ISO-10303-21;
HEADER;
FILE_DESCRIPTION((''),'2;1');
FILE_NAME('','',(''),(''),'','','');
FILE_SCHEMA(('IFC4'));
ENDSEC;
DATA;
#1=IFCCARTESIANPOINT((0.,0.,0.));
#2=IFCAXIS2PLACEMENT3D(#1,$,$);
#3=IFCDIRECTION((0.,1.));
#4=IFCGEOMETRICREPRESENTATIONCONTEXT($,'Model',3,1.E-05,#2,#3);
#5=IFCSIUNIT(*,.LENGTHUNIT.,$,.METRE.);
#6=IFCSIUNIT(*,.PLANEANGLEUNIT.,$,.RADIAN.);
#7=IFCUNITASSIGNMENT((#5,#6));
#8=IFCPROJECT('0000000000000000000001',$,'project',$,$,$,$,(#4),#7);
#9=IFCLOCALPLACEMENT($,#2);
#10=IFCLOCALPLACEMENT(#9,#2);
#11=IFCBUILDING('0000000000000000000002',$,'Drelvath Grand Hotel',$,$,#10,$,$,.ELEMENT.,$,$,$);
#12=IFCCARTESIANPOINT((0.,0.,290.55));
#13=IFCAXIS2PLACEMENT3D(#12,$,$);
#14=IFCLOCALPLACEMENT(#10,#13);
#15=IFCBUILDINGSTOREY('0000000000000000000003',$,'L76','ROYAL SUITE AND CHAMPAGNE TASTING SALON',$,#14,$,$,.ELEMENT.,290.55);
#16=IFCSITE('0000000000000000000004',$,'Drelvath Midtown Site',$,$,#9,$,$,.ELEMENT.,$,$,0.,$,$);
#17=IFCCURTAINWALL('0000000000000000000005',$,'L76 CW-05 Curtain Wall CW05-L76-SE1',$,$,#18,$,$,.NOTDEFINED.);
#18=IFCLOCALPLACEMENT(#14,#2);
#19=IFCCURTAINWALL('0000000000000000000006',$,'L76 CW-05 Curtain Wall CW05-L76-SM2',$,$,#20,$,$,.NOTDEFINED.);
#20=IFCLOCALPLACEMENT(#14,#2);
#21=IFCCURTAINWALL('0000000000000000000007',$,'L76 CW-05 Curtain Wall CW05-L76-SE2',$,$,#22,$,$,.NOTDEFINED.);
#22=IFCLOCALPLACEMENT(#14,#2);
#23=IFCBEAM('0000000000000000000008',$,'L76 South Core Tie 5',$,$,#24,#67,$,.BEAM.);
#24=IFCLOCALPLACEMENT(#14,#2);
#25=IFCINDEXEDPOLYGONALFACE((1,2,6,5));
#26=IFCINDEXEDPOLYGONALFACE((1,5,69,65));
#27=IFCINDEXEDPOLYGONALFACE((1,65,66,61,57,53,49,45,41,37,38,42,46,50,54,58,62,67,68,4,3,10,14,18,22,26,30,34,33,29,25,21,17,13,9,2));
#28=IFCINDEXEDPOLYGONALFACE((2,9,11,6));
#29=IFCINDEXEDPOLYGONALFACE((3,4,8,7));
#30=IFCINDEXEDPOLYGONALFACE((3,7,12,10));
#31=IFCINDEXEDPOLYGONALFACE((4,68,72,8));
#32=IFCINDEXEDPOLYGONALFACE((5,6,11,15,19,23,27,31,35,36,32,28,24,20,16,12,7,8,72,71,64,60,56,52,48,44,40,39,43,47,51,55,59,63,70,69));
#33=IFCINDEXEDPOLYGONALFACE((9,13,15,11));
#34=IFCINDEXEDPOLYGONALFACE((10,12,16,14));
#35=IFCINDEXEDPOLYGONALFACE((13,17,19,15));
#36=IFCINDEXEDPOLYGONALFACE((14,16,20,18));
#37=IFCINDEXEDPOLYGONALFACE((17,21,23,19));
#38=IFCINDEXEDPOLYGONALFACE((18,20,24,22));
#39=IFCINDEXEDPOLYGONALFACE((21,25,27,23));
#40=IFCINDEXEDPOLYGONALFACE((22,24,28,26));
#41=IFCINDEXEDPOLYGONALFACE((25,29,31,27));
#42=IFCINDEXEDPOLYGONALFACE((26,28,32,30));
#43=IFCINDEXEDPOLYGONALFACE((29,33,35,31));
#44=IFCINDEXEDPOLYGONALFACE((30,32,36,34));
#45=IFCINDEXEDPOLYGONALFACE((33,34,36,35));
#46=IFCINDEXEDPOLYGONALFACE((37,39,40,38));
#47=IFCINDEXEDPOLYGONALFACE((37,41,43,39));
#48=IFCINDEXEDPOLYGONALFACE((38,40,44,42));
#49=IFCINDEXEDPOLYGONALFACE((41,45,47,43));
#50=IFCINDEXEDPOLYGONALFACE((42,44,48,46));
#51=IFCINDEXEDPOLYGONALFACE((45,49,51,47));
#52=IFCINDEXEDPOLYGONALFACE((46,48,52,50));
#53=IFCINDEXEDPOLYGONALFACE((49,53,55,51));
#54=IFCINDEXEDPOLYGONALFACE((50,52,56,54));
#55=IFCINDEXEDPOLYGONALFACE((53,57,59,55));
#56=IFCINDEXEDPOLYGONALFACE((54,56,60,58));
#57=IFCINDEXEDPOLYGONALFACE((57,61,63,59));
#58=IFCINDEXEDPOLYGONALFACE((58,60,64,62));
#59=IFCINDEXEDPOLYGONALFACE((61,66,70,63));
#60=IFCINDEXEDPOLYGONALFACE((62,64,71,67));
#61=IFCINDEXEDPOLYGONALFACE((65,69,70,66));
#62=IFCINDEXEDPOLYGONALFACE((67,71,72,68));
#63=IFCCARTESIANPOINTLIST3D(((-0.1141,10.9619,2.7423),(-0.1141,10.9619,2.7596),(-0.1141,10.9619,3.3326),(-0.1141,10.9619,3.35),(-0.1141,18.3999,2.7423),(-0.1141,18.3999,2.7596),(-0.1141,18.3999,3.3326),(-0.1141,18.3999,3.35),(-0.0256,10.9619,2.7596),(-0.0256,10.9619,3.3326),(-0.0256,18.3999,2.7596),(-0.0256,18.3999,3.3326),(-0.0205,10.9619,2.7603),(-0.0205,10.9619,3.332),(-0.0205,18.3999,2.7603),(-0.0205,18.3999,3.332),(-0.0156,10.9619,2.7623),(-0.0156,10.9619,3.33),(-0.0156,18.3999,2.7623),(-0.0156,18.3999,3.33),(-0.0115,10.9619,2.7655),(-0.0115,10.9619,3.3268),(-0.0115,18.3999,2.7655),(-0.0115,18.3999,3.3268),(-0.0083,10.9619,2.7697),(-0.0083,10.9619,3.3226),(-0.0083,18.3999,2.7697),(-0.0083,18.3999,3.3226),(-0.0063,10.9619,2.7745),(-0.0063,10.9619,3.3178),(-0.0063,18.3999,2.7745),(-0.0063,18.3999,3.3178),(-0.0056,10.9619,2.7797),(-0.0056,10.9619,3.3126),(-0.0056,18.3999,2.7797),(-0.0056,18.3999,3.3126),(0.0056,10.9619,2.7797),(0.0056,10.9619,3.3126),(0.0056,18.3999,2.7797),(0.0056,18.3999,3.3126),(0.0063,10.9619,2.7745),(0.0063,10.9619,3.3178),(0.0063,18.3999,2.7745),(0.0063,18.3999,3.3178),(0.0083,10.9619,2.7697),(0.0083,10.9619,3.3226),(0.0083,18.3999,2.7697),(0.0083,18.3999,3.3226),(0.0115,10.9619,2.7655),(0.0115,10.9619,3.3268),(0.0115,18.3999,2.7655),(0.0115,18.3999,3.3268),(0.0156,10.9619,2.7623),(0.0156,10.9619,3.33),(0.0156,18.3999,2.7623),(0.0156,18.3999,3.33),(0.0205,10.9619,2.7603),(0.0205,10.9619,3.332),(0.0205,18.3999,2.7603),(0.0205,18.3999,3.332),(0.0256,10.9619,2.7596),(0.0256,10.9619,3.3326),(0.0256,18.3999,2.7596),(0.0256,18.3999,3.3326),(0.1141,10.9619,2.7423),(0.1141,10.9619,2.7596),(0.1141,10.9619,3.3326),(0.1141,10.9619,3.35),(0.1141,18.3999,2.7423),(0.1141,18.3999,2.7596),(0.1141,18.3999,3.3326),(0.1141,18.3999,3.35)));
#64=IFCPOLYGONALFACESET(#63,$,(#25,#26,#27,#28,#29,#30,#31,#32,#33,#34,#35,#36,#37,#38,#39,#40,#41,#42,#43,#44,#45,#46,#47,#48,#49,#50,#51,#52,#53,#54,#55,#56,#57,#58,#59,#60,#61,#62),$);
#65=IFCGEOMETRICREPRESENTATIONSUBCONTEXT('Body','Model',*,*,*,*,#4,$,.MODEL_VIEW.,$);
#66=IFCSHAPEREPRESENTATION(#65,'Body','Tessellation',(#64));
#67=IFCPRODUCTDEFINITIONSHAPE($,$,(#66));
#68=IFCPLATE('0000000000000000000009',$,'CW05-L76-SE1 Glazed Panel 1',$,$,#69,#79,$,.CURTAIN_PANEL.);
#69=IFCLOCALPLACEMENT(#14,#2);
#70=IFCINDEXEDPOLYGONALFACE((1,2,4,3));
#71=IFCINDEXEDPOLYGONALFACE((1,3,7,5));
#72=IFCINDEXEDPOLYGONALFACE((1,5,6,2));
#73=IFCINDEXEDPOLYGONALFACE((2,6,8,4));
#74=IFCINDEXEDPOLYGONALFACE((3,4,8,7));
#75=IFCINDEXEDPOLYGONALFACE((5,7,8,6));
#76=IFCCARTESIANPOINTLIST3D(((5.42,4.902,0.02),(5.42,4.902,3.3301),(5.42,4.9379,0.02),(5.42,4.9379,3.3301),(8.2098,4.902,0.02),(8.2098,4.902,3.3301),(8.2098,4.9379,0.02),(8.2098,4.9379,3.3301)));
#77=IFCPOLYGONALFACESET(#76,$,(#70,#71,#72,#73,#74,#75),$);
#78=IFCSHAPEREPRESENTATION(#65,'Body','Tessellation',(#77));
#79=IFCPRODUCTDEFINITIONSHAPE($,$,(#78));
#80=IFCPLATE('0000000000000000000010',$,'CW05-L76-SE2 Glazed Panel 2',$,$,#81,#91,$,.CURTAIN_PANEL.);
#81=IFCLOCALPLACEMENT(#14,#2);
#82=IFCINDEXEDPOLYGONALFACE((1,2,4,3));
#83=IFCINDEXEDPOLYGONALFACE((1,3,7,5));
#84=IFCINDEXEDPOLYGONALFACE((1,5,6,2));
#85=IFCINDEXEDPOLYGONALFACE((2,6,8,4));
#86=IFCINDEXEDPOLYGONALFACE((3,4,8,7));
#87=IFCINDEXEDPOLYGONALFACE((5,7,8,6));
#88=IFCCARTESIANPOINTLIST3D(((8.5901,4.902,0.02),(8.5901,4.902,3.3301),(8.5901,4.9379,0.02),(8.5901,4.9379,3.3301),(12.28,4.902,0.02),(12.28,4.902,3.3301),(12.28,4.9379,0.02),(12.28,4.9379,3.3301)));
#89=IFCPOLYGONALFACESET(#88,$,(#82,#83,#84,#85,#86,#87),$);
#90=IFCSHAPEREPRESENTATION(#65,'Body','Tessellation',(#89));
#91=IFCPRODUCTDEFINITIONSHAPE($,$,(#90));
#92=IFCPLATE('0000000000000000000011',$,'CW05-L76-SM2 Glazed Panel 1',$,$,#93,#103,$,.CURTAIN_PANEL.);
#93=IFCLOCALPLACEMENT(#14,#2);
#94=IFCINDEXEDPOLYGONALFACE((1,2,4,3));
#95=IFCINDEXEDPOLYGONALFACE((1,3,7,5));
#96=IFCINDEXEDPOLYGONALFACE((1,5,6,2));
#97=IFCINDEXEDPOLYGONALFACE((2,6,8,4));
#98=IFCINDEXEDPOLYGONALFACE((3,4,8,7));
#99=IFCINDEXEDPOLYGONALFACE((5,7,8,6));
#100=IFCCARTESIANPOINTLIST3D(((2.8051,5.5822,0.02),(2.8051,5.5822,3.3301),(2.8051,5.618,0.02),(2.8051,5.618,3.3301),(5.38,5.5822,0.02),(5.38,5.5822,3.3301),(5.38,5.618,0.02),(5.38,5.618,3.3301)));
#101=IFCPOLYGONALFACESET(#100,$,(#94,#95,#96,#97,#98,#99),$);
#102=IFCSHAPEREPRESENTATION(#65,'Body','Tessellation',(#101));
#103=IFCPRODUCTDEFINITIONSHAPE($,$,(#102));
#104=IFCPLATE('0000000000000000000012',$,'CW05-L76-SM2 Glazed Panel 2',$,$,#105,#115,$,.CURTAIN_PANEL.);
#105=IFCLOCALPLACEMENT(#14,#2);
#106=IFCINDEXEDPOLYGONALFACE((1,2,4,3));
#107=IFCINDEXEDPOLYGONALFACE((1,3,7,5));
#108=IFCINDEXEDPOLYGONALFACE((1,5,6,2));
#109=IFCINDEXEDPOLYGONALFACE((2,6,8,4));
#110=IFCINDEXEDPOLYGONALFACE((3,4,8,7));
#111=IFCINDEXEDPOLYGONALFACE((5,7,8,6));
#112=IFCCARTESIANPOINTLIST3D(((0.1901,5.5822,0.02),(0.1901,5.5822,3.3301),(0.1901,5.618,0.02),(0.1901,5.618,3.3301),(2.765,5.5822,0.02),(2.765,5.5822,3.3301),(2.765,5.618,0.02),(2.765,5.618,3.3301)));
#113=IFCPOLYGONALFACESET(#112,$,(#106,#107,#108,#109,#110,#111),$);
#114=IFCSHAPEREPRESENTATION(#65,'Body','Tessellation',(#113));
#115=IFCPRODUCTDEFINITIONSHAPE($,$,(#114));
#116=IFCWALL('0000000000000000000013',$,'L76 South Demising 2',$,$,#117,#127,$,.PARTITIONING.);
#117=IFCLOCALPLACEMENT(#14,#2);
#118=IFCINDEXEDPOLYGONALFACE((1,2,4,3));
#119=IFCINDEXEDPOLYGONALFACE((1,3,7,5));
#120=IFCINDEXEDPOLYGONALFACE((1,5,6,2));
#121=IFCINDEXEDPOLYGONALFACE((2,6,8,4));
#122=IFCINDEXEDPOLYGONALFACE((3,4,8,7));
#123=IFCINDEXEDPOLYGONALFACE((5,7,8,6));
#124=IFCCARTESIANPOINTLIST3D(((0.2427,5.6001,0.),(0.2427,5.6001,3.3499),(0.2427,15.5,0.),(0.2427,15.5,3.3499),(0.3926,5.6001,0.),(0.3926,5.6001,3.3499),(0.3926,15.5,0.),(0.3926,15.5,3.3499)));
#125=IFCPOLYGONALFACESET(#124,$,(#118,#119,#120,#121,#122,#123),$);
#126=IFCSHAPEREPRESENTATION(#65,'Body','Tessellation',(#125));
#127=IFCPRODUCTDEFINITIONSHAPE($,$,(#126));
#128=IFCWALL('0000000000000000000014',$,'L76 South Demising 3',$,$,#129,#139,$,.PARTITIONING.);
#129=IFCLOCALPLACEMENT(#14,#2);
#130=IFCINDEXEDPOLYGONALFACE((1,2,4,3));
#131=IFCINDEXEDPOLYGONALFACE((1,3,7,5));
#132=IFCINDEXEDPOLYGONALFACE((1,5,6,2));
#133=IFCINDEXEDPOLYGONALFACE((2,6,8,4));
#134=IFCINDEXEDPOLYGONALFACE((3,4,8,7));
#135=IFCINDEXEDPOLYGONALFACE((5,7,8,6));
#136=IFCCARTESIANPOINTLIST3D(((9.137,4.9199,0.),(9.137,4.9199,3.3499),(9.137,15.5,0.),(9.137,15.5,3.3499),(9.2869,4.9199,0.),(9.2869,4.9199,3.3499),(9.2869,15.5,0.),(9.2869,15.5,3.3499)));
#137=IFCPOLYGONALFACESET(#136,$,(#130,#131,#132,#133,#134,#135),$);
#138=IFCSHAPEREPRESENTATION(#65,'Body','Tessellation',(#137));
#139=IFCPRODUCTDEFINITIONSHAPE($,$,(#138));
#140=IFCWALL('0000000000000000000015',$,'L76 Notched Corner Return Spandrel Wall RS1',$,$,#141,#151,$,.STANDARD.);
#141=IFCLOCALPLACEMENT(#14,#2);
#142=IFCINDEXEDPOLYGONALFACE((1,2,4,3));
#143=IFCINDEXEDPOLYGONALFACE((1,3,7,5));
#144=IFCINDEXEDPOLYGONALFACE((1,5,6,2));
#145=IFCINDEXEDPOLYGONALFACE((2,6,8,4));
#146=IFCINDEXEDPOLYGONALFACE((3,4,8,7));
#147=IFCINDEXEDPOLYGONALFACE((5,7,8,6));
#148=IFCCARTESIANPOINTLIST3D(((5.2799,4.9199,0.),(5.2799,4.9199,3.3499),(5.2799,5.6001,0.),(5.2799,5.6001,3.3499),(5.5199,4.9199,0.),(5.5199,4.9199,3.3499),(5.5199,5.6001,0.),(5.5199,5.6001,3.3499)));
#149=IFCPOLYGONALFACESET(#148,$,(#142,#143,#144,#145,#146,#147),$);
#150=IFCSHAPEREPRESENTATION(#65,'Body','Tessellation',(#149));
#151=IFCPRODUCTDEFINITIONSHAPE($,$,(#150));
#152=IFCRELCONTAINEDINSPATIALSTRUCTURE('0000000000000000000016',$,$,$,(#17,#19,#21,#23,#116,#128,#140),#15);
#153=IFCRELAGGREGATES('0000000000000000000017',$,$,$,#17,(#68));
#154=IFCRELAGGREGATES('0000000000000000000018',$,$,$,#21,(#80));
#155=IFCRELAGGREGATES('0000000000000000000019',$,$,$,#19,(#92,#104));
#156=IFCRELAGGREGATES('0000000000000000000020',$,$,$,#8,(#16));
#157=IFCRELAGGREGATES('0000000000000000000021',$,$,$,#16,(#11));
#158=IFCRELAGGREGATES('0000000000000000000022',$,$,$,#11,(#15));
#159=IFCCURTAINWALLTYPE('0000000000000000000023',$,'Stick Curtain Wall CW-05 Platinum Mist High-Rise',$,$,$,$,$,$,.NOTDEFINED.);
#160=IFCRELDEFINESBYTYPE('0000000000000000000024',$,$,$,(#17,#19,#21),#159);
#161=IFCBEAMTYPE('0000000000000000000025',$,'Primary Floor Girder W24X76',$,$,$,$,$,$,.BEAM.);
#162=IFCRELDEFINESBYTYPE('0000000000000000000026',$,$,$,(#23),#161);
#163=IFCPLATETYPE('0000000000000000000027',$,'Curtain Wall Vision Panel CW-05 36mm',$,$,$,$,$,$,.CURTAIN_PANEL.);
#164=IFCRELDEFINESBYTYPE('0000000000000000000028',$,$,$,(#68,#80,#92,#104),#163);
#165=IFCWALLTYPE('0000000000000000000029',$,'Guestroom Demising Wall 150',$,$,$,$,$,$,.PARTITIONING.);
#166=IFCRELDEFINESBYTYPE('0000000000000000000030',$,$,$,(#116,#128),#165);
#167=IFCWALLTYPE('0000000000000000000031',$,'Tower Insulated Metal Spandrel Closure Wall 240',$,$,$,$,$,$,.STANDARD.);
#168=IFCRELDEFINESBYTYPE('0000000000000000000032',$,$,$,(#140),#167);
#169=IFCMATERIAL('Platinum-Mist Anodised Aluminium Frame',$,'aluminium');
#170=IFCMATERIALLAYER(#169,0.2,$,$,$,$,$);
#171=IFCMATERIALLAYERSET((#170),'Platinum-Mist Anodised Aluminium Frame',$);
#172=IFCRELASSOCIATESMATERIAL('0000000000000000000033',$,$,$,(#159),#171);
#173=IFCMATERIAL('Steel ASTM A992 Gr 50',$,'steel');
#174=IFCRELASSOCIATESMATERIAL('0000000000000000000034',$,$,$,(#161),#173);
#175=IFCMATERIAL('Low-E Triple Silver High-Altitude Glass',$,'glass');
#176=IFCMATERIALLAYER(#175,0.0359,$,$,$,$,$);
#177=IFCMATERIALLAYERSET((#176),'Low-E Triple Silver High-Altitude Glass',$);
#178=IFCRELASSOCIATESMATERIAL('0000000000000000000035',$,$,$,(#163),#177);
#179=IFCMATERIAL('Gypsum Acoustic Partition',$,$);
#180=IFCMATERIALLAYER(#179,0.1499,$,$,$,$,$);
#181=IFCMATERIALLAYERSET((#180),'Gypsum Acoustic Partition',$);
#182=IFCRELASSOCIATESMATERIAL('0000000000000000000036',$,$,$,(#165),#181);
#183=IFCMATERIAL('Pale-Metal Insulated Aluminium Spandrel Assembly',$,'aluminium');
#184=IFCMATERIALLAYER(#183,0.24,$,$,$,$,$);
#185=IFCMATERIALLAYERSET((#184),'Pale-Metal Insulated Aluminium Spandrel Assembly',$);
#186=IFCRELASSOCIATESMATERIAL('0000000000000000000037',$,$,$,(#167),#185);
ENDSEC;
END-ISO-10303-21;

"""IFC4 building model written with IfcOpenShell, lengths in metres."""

from ifc_helpers import new_model, si_unit, direction, frame, frame_2d, origin, origin_2d, place, context, subcontext, project, spatial, rectangle, i_section, extrude, material, layer, layer_set, material_profile, profile_set, type_object, element, aggregate, save


model = new_model("IFC4")

# Units and contexts
model_context = context("Model", 3, precision=1e-05, world=origin(), true_north=direction((0.0, 1.0)))
body_context = subcontext(model_context, "Body", "Model", "MODEL_VIEW")
ifc_project = project(units=[si_unit("LENGTHUNIT", "METRE"), si_unit("PLANEANGLEUNIT", "RADIAN")], contexts=[model_context])

# Site, building, storey
site_placement = place(None, origin())
site = spatial("IfcSite", under=ifc_project, at=site_placement, Name="Drelvath Midtown Site", CompositionType="ELEMENT", RefElevation=0.0)
building_placement = place(site_placement, origin())
building = spatial("IfcBuilding", under=site, at=building_placement, Name="Drelvath Grand Hotel", CompositionType="ELEMENT")
storey_placement = place(building_placement, frame((0.0, 0.0, 290.55)))
storey = spatial("IfcBuildingStorey", under=building, at=storey_placement, Name="L76", Description="ROYAL SUITE AND CHAMPAGNE TASTING SALON", CompositionType="ELEMENT", Elevation=290.55)

# Curtain walls
ifc_material_1 = material(Name="Platinum-Mist Anodised Aluminium Frame", Category="aluminium")
ifc_layer_1 = layer(ifc_material_1, 0.2)
ifc_layer_set_1 = layer_set([ifc_layer_1], Name="Platinum-Mist Anodised Aluminium Frame")
curtain_wall_type = type_object("IfcCurtainWallType", Name="Stick Curtain Wall CW-05 Platinum Mist High-Rise", PredefinedType="NOTDEFINED", material=ifc_layer_set_1)
curtain_wall_1_placement = place(storey_placement, origin())
curtain_wall_1 = element("IfcCurtainWall", 1, at=curtain_wall_1_placement, inside=storey, type_object=curtain_wall_type, Name="L76 CW-05 Curtain Wall CW05-L76-SE1", PredefinedType="NOTDEFINED")
curtain_wall_2_placement = place(storey_placement, origin())
curtain_wall_2 = element("IfcCurtainWall", 2, at=curtain_wall_2_placement, inside=storey, type_object=curtain_wall_type, Name="L76 CW-05 Curtain Wall CW05-L76-SM2", PredefinedType="NOTDEFINED")

# Curtain wall
curtain_wall_3_placement = place(storey_placement, origin())
curtain_wall_3 = element("IfcCurtainWall", 3, at=curtain_wall_3_placement, inside=storey, type_object=curtain_wall_type, Name="L76 CW-05 Curtain Wall CW05-L76-SE2", PredefinedType="NOTDEFINED")

# Beam
ifc_material_2 = material(Name="Steel ASTM A992 Gr 50", Category="steel")
ifc_material_profile_1 = material_profile(ifc_material_2, i_section(OverallWidth=0.2283, OverallDepth=0.6077, WebThickness=0.0112, FlangeThickness=0.0173, FilletRadius=0.02, at=origin_2d()), Name="W24X76")
ifc_profile_set_1 = profile_set([ifc_material_profile_1], Name="Steel ASTM A992 Gr 50")
beam_type_1 = type_object("IfcBeamType", Name="Primary Floor Girder W24X76", PredefinedType="BEAM", material=ifc_profile_set_1)
beam_1_placement = place(storey_placement, frame((0.0, 10.9619, 3.0461), z_axis=(0.0, 1.0, 0.0), x_axis=(-1.0, 0.0, 0.0)))
element("IfcBeam", 4, at=beam_1_placement, inside=storey, type_object=beam_type_1, Name="L76 South Core Tie 5", PredefinedType="BEAM", context=body_context, shape_type="SweptSolid", body=[
    extrude(i_section(OverallWidth=0.2283, OverallDepth=0.6077, WebThickness=0.0112, FlangeThickness=0.0173, FilletRadius=0.02, at=origin_2d()), origin(), (0.0, 0.0, 1.0), 7.438),
])

# Plates
ifc_material_3 = material(Name="Low-E Triple Silver High-Altitude Glass", Category="glass")
ifc_layer_2 = layer(ifc_material_3, 0.0359)
ifc_layer_set_2 = layer_set([ifc_layer_2], Name="Low-E Triple Silver High-Altitude Glass")
plate_type = type_object("IfcPlateType", Name="Curtain Wall Vision Panel CW-05 36mm", PredefinedType="CURTAIN_PANEL", material=ifc_layer_set_2)
plate_1_placement = place(storey_placement, frame((6.8149, 4.9199, 0.02), z_axis=(0.0, 0.0, 1.0), x_axis=(-1.0, 0.0, 0.0)))
plate_1 = element("IfcPlate", 5, at=plate_1_placement, type_object=plate_type, Name="CW05-L76-SE1 Glazed Panel 1", PredefinedType="CURTAIN_PANEL", context=body_context, shape_type="SweptSolid", body=[
    extrude(rectangle(XDim=2.7898, YDim=0.0359, at=origin_2d()), origin(), (0.0, 0.0, 1.0), 3.3101),
])
aggregate(curtain_wall_1, [plate_1])
plate_2_placement = place(storey_placement, frame((10.4351, 4.9199, 0.02), z_axis=(0.0, 0.0, 1.0), x_axis=(-1.0, 0.0, 0.0)))
plate_2 = element("IfcPlate", 6, at=plate_2_placement, type_object=plate_type, Name="CW05-L76-SE2 Glazed Panel 2", PredefinedType="CURTAIN_PANEL", context=body_context, shape_type="SweptSolid", body=[
    extrude(rectangle(XDim=3.6899, YDim=0.0359, at=origin_2d()), origin(), (0.0, 0.0, 1.0), 3.3101),
])
aggregate(curtain_wall_3, [plate_2])
plate_3_placement = place(storey_placement, frame((4.0925, 5.6001, 0.02), z_axis=(0.0, 0.0, 1.0), x_axis=(-1.0, 0.0, 0.0)))
plate_3 = element("IfcPlate", 7, at=plate_3_placement, type_object=plate_type, Name="CW05-L76-SM2 Glazed Panel 1", PredefinedType="CURTAIN_PANEL", context=body_context, shape_type="SweptSolid", body=[
    extrude(rectangle(XDim=2.575, YDim=0.0359, at=origin_2d()), origin(), (0.0, 0.0, 1.0), 3.3101),
])
plate_4_placement = place(storey_placement, frame((1.4775, 5.6001, 0.02), z_axis=(0.0, 0.0, 1.0), x_axis=(-1.0, 0.0, 0.0)))
plate_4 = element("IfcPlate", 8, at=plate_4_placement, type_object=plate_type, Name="CW05-L76-SM2 Glazed Panel 2", PredefinedType="CURTAIN_PANEL", context=body_context, shape_type="SweptSolid", body=[
    extrude(rectangle(XDim=2.575, YDim=0.0359, at=origin_2d()), origin(), (0.0, 0.0, 1.0), 3.3101),
])
aggregate(curtain_wall_2, [plate_3, plate_4])

# Walls
ifc_material_4 = material(Name="Gypsum Acoustic Partition")
ifc_layer_3 = layer(ifc_material_4, 0.1499)
ifc_layer_set_3 = layer_set([ifc_layer_3], Name="Gypsum Acoustic Partition")
wall_type_1 = type_object("IfcWallType", Name="Guestroom Demising Wall 150", PredefinedType="PARTITIONING", material=ifc_layer_set_3)
wall_1_placement = place(storey_placement, frame((0.3176, 5.6001, 0.0), z_axis=(0.0, 0.0, 1.0), x_axis=(0.0, 1.0, 0.0)))
element("IfcWall", 9, at=wall_1_placement, inside=storey, type_object=wall_type_1, Name="L76 South Demising 2", PredefinedType="PARTITIONING", context=body_context, shape_type="SweptSolid", body=[
    extrude(rectangle(XDim=9.8999, YDim=0.1499, at=frame_2d((4.95, 0.0))), origin(), (0.0, 0.0, 1.0), 3.3499),
])
wall_2_placement = place(storey_placement, frame((9.2119, 4.9199, 0.0), z_axis=(0.0, 0.0, 1.0), x_axis=(0.0, 1.0, 0.0)))
element("IfcWall", 10, at=wall_2_placement, inside=storey, type_object=wall_type_1, Name="L76 South Demising 3", PredefinedType="PARTITIONING", context=body_context, shape_type="SweptSolid", body=[
    extrude(rectangle(XDim=10.5801, YDim=0.1499, at=frame_2d((5.29, 0.0))), origin(), (0.0, 0.0, 1.0), 3.3499),
])
ifc_material_5 = material(Name="Pale-Metal Insulated Aluminium Spandrel Assembly", Category="aluminium")
ifc_layer_4 = layer(ifc_material_5, 0.24)
ifc_layer_set_4 = layer_set([ifc_layer_4], Name="Pale-Metal Insulated Aluminium Spandrel Assembly")
wall_type_2 = type_object("IfcWallType", Name="Tower Insulated Metal Spandrel Closure Wall 240", PredefinedType="STANDARD", material=ifc_layer_set_4)
wall_3_placement = place(storey_placement, frame((5.3999, 4.9199, 0.0), z_axis=(0.0, 0.0, 1.0), x_axis=(0.0, 1.0, 0.0)))
element("IfcWall", 11, at=wall_3_placement, inside=storey, type_object=wall_type_2, Name="L76 Notched Corner Return Spandrel Wall RS1", PredefinedType="STANDARD", context=body_context, shape_type="SweptSolid", body=[
    extrude(rectangle(XDim=0.6802, YDim=0.24, at=frame_2d((0.3401, 0.0))), origin(), (0.0, 0.0, 1.0), 3.3499),
])

save(model, "model.ifc")
